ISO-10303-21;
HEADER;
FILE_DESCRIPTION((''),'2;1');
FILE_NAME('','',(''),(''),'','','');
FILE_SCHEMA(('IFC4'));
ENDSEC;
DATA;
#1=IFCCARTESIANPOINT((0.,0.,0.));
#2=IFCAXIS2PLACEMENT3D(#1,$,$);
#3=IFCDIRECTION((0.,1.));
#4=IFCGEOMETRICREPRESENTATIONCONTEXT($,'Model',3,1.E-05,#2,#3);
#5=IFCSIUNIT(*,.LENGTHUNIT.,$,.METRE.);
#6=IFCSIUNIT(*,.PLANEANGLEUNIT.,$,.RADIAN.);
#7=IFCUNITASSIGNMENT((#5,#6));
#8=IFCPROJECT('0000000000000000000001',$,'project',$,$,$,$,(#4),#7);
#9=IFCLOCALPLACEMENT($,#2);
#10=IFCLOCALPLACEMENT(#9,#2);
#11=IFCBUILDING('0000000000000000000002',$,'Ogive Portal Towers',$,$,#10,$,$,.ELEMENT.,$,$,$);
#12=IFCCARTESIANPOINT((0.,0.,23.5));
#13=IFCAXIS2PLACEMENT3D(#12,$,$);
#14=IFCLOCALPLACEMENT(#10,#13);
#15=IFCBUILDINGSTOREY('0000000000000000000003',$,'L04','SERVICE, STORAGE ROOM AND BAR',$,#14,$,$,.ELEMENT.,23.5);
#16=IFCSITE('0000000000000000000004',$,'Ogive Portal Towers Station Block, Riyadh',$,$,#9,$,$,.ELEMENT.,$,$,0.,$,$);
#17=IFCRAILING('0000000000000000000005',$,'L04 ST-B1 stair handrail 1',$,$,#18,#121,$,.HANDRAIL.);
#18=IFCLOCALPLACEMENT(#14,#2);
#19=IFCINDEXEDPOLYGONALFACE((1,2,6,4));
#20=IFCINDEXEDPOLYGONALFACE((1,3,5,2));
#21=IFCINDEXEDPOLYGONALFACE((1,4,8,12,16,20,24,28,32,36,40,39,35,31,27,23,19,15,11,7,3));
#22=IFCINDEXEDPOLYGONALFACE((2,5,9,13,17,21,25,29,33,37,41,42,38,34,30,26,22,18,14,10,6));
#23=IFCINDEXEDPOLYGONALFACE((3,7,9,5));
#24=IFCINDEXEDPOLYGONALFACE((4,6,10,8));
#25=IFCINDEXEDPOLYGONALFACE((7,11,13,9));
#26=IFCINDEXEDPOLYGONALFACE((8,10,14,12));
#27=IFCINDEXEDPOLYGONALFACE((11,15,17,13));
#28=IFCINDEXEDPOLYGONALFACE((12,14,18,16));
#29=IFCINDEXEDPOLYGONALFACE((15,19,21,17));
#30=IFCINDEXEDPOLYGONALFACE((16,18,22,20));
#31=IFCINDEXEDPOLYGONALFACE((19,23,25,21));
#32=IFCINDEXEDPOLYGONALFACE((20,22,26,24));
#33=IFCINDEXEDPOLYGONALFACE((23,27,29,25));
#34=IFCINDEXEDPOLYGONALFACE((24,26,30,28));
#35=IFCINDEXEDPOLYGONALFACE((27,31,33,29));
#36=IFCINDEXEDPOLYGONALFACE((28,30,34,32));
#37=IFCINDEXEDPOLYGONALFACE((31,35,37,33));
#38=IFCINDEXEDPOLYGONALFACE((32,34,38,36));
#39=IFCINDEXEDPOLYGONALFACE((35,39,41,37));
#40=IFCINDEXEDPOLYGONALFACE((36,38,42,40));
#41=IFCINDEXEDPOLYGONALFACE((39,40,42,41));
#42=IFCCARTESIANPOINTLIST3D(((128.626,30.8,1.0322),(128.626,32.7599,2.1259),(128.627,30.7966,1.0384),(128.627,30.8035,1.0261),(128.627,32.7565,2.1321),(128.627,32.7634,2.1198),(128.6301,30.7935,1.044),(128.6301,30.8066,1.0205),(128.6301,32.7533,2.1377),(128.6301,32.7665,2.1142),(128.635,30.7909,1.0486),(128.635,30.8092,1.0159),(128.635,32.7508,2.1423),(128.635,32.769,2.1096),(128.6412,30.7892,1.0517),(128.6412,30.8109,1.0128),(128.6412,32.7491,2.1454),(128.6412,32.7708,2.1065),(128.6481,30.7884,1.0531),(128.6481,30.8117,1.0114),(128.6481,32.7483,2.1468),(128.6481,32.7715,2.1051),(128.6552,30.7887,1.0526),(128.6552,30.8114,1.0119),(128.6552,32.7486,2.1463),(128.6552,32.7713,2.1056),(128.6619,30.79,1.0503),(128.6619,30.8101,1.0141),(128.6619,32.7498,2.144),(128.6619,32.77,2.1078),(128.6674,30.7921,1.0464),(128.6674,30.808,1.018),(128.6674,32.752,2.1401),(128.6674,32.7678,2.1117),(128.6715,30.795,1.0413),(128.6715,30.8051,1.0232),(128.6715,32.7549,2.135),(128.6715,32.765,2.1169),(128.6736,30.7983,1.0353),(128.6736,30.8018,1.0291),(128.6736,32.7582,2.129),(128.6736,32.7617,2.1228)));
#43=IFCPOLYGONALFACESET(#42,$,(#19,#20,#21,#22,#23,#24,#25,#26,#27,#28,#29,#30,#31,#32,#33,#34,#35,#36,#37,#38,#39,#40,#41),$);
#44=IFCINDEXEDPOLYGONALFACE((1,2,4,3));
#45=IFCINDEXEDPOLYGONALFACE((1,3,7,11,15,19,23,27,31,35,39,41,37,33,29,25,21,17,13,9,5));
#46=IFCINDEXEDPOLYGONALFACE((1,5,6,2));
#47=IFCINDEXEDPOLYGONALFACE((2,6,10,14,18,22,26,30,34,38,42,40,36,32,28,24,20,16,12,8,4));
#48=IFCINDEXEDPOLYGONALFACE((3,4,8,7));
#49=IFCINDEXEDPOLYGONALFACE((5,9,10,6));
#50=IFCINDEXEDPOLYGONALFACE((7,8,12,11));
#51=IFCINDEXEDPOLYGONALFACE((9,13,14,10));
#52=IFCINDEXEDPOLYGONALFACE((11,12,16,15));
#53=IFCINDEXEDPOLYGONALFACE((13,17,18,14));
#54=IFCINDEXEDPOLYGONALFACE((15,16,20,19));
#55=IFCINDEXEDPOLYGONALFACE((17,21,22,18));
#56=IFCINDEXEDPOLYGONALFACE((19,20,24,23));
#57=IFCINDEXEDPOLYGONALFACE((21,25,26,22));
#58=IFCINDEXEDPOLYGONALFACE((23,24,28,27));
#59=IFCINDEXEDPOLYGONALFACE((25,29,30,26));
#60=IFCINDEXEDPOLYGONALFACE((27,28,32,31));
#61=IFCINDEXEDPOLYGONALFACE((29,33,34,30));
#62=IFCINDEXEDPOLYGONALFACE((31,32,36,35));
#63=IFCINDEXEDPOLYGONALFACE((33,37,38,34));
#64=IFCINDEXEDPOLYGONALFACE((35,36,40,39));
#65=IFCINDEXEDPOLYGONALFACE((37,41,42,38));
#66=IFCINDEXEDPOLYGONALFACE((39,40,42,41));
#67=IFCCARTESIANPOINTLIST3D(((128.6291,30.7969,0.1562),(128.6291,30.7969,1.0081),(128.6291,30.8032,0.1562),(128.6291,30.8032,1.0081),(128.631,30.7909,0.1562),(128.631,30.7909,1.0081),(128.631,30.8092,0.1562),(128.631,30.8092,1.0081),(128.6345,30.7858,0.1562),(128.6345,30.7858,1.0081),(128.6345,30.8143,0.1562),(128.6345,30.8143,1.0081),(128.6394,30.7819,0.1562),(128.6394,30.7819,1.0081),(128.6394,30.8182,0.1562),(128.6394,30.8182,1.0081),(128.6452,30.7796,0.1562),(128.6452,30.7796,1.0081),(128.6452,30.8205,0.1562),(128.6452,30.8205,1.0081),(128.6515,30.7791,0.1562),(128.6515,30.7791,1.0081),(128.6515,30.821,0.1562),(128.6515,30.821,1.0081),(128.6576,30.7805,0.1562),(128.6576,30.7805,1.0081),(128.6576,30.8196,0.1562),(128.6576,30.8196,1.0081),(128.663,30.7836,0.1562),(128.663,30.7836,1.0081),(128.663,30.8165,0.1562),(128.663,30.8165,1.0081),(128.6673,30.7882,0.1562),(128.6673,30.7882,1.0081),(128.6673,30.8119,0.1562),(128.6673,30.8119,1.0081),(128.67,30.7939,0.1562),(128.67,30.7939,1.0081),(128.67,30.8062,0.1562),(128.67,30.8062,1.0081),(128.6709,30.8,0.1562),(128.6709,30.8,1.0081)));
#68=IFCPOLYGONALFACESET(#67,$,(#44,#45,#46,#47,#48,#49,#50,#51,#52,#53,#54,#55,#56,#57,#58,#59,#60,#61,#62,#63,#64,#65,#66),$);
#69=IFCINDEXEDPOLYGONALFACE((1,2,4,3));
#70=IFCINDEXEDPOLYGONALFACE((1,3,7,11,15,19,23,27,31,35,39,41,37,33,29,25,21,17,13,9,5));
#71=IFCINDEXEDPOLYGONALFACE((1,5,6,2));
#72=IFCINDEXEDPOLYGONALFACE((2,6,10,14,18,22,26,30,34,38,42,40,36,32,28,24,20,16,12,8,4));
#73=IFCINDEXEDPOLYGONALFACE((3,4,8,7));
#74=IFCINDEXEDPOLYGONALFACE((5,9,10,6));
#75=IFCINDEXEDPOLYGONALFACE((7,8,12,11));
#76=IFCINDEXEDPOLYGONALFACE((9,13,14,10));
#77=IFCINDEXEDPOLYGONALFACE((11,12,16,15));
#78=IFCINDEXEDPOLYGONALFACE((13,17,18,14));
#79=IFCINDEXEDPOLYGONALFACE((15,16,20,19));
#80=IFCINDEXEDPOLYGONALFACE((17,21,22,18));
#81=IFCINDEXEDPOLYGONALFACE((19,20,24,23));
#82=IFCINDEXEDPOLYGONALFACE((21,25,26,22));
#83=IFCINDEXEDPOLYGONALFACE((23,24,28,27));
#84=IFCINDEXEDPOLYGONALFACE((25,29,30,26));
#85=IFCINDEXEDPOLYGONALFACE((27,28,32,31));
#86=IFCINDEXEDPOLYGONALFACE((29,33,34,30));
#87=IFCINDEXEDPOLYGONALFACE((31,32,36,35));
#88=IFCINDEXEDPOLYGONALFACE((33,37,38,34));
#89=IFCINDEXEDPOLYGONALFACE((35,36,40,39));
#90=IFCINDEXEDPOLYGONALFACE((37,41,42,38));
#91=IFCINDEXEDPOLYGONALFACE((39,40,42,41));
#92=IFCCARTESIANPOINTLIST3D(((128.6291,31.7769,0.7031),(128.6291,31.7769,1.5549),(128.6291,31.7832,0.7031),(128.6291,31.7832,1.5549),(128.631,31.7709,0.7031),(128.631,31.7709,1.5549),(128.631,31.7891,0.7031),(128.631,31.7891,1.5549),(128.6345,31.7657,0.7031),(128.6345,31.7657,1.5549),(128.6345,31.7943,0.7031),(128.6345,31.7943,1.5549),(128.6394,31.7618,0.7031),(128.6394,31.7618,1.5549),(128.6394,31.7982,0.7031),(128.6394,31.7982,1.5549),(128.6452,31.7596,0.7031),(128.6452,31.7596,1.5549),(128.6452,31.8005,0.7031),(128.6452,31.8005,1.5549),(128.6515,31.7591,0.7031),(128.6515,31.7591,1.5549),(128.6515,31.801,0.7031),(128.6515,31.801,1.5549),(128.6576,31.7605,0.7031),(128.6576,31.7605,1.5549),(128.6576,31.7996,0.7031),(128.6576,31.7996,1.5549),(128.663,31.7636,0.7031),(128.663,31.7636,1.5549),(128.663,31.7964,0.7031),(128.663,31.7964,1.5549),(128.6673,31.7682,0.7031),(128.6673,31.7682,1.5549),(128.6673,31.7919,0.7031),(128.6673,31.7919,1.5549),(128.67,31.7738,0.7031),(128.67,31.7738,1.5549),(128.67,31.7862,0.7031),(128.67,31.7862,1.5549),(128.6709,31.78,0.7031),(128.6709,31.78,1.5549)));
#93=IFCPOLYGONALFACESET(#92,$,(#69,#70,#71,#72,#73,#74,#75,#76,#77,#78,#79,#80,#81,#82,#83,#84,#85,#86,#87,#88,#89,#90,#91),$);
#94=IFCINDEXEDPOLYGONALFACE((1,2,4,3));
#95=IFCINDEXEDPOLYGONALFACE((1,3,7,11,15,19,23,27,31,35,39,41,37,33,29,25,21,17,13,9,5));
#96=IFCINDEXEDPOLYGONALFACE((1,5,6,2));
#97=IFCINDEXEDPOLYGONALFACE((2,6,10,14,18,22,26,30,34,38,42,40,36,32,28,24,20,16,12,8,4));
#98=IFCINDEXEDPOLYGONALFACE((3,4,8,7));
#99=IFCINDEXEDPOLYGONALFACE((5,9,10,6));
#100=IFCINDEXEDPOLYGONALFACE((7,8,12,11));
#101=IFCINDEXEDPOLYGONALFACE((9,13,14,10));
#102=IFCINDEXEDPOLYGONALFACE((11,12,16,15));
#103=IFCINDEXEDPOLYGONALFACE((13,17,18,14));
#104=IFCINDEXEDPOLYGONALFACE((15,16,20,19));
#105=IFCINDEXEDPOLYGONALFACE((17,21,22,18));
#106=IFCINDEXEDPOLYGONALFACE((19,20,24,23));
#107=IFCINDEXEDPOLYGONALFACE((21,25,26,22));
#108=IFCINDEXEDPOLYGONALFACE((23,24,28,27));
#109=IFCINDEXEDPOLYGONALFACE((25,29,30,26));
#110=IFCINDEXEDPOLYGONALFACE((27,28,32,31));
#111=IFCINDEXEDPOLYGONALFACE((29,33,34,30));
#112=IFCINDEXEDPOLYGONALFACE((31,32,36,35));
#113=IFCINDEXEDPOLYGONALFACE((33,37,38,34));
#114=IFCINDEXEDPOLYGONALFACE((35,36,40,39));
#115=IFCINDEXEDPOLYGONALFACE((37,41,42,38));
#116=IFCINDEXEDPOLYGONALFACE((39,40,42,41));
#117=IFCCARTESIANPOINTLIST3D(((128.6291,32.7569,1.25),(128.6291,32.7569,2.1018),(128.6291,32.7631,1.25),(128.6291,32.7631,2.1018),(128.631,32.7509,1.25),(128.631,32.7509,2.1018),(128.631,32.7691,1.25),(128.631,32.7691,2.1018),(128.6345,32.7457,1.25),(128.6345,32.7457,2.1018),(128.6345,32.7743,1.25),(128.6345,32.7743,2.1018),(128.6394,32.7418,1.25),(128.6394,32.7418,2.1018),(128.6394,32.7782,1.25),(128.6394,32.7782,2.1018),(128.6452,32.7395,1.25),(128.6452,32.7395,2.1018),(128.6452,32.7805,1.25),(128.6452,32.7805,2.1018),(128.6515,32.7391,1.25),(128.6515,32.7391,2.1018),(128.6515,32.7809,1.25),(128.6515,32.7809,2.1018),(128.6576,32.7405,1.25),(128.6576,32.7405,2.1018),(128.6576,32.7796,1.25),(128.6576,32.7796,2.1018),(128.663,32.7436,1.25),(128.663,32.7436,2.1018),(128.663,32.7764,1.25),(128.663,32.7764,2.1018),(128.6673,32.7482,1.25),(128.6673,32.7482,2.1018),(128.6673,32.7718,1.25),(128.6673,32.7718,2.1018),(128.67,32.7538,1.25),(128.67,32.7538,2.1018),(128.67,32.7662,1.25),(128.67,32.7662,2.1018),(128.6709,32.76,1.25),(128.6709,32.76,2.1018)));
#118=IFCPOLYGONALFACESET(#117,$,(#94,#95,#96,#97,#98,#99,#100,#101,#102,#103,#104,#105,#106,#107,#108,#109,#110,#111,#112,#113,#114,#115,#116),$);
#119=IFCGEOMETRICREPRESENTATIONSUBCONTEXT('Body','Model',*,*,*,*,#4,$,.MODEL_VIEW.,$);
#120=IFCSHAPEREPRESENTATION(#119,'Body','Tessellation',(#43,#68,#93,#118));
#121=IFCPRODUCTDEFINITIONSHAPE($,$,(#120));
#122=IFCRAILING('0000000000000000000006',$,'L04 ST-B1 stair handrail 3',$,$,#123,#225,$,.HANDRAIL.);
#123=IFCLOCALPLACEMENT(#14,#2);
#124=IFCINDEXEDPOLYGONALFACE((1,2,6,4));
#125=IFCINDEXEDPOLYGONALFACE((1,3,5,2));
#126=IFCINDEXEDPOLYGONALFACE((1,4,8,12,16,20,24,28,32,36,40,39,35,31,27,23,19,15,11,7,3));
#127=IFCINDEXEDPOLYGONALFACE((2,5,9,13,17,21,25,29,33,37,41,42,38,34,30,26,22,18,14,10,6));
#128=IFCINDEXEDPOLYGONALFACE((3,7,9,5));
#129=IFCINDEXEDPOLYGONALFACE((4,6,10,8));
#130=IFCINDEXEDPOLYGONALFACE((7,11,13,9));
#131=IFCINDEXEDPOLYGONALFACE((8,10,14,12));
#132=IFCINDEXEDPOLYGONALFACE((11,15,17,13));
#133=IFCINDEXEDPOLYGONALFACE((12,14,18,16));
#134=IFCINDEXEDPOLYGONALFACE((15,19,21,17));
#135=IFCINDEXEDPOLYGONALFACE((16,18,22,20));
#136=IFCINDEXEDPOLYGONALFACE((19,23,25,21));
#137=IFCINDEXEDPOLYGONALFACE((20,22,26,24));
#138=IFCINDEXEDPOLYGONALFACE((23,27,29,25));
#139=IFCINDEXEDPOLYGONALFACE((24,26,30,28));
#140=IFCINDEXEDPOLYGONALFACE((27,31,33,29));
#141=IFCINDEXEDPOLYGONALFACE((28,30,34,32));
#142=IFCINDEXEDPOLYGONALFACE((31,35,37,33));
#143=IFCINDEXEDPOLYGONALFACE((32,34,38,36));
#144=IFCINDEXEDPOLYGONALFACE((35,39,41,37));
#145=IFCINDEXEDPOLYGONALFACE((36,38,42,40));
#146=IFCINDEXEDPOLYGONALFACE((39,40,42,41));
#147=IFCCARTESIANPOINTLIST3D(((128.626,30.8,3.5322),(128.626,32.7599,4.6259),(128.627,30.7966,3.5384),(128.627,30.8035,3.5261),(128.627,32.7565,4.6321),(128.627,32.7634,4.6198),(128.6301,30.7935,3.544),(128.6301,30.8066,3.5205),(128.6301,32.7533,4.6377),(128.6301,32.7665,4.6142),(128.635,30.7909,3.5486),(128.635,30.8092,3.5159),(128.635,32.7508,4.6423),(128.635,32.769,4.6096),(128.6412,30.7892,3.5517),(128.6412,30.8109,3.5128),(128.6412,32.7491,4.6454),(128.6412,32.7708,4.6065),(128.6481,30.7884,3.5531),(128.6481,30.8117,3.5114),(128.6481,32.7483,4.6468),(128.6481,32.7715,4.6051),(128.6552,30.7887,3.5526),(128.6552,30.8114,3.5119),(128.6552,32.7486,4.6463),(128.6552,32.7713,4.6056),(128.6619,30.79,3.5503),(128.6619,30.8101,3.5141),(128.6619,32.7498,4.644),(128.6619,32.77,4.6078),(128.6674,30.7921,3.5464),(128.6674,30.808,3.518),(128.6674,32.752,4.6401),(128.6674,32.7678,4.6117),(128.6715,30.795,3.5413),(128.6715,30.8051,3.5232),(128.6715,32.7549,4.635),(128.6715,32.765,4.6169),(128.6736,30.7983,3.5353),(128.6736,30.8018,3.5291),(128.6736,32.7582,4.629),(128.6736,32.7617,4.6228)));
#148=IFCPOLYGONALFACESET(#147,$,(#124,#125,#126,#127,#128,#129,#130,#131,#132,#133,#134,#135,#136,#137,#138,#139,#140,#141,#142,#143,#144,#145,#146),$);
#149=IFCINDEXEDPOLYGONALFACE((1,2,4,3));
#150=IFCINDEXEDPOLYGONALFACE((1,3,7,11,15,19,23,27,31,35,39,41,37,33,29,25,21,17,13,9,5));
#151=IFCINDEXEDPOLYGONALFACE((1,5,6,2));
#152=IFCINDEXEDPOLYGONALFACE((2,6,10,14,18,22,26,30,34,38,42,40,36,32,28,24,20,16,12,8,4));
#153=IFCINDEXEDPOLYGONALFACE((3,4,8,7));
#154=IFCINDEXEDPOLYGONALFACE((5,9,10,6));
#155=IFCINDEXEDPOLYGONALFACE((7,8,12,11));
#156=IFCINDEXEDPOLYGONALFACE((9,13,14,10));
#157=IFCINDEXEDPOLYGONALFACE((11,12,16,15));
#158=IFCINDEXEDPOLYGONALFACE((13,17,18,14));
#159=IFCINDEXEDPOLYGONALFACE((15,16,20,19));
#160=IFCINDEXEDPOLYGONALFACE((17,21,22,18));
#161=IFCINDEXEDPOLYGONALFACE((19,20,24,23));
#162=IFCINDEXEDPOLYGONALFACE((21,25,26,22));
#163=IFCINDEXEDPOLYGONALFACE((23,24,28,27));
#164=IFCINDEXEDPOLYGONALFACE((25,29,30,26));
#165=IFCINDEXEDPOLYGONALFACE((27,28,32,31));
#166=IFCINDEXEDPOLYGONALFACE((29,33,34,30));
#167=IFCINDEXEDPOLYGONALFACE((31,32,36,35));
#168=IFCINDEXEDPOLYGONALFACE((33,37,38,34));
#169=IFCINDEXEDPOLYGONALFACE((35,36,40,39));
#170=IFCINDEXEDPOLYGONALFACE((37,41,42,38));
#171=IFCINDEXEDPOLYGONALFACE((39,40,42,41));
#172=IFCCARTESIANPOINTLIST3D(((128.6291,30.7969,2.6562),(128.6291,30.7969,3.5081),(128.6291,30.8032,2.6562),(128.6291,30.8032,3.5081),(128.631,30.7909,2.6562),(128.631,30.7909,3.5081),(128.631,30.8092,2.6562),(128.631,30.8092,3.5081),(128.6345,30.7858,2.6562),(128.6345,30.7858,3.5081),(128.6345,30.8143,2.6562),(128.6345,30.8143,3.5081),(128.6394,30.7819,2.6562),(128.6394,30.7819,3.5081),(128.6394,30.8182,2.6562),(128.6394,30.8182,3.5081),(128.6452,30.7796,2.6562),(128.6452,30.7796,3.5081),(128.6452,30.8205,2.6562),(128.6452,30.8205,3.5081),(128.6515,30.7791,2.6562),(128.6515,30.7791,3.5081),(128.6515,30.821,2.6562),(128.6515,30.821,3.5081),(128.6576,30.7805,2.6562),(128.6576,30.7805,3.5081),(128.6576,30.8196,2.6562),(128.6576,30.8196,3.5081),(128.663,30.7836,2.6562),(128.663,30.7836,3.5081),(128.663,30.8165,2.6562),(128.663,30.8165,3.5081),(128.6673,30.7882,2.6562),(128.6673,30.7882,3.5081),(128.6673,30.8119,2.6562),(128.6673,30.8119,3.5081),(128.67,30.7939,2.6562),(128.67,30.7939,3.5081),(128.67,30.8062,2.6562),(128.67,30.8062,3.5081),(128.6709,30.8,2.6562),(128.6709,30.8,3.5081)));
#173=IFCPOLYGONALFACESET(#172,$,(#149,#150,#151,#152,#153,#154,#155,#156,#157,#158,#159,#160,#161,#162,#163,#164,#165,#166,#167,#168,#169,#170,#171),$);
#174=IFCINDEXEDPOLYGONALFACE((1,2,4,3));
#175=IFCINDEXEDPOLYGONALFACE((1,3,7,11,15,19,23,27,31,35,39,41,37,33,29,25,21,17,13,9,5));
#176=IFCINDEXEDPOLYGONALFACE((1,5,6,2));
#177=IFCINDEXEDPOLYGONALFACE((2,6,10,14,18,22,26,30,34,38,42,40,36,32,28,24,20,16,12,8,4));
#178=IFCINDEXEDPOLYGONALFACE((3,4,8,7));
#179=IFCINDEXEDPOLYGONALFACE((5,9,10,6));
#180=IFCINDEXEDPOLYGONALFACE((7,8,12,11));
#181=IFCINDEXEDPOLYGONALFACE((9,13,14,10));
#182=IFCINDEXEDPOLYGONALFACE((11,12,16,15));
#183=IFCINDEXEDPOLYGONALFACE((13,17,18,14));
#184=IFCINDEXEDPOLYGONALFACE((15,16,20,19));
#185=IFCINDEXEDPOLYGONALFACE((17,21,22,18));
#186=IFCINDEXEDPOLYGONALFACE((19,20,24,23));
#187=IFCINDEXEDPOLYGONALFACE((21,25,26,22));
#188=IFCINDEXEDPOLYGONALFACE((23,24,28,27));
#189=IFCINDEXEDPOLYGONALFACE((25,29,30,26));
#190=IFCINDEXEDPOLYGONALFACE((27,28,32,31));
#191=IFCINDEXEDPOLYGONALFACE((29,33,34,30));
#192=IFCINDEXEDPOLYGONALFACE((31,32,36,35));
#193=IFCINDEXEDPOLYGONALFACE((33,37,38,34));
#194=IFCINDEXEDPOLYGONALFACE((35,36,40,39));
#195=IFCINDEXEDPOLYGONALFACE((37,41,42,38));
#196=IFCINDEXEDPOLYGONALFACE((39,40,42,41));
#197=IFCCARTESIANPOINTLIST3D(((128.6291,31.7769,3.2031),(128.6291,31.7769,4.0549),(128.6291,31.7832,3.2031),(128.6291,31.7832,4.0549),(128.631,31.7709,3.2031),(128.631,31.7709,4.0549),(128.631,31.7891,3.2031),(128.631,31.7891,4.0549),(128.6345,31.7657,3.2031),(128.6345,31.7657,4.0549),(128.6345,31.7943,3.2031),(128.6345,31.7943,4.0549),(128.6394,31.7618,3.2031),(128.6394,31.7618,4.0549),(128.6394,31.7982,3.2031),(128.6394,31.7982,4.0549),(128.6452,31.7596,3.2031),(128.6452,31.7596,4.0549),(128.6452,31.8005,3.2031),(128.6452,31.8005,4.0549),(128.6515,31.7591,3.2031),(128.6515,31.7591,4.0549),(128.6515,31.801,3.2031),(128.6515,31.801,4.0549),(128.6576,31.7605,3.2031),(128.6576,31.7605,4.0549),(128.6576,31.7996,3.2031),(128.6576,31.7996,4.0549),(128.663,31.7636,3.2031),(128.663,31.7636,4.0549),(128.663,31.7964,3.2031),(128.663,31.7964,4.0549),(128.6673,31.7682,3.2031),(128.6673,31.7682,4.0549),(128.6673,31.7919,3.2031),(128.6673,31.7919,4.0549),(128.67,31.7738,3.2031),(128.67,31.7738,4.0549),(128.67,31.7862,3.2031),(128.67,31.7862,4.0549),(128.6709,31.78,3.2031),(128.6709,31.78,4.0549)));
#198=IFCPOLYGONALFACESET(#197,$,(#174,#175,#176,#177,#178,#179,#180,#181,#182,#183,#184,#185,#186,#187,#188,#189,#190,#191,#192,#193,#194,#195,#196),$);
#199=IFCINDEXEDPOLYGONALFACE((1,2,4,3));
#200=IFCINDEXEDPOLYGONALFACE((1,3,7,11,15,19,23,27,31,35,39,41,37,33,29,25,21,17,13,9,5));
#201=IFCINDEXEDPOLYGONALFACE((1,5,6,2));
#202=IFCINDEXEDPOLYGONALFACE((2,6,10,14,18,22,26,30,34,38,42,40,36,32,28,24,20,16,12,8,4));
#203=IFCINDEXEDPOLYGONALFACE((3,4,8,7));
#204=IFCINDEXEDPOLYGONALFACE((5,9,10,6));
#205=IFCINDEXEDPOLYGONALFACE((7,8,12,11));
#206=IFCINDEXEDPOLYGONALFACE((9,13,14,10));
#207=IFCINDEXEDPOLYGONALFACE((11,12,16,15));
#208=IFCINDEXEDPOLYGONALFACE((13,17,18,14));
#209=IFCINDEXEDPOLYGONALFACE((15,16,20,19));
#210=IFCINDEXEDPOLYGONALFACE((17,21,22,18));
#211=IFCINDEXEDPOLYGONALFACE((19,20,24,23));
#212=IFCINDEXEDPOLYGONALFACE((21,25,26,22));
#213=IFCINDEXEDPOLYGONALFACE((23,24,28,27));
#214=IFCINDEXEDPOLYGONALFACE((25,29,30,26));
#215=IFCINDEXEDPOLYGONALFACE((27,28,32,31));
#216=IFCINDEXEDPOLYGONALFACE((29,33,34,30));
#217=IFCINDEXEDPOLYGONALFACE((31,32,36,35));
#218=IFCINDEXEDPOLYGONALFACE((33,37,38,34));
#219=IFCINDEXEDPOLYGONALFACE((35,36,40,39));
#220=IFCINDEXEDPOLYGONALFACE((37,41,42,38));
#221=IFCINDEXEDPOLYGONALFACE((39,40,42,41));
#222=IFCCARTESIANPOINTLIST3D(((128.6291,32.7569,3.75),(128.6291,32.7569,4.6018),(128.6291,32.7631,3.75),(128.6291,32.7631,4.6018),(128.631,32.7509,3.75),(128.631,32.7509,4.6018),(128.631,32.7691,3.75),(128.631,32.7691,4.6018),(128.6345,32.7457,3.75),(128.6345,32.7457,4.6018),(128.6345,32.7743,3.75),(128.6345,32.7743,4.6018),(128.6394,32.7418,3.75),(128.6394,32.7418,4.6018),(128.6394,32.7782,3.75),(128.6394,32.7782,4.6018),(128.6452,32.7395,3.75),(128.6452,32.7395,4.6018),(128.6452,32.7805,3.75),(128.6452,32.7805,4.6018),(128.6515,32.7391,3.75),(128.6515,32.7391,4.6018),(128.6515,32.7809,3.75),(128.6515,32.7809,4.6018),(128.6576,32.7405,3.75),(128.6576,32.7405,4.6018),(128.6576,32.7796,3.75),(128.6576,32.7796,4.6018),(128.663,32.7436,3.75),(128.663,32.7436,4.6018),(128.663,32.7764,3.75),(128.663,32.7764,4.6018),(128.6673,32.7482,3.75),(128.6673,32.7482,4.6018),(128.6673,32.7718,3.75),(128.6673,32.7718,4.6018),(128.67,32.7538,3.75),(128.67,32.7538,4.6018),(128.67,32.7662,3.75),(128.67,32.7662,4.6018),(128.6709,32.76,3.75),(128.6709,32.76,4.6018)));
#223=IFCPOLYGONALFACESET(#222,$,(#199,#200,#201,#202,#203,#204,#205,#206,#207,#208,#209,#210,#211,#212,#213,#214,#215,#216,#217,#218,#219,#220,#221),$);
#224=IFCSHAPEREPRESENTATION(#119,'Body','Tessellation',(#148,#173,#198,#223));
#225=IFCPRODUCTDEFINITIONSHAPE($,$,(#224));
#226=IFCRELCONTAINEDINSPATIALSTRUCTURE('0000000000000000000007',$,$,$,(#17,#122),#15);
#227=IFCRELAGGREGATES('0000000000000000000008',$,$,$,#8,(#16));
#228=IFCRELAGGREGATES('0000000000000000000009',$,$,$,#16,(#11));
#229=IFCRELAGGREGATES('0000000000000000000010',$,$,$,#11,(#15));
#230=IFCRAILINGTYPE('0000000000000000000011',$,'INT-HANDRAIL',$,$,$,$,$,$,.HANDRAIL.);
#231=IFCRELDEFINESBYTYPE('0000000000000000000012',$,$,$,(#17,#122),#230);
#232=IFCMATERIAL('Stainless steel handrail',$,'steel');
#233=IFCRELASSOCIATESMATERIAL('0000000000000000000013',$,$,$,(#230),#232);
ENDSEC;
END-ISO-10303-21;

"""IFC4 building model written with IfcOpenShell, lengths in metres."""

from ifc_helpers import new_model, si_unit, direction, frame, origin, origin_2d, place, context, subcontext, project, spatial, circle, extrude, material, type_object, element, save


model = new_model("IFC4")

# Units and contexts
model_context = context("Model", 3, precision=1e-05, world=origin(), true_north=direction((0.0, 1.0)))
body_context = subcontext(model_context, "Body", "Model", "MODEL_VIEW")
ifc_project = project(units=[si_unit("LENGTHUNIT", "METRE"), si_unit("PLANEANGLEUNIT", "RADIAN")], contexts=[model_context])

# Site, building, storey
site_placement = place(None, origin())
site = spatial("IfcSite", under=ifc_project, at=site_placement, Name="Ogive Portal Towers Station Block, Riyadh", CompositionType="ELEMENT", RefElevation=0.0)
building_placement = place(site_placement, origin())
building = spatial("IfcBuilding", under=site, at=building_placement, Name="Ogive Portal Towers", CompositionType="ELEMENT")
storey_placement = place(building_placement, frame((0.0, 0.0, 23.5)))
storey = spatial("IfcBuildingStorey", under=building, at=storey_placement, Name="L04", Description="SERVICE, STORAGE ROOM AND BAR", CompositionType="ELEMENT", Elevation=23.5)

# Railings
ifc_material_1 = material(Name="Stainless steel handrail", Category="steel")
railing_type_1 = type_object("IfcRailingType", Name="INT-HANDRAIL", PredefinedType="HANDRAIL", material=ifc_material_1)
for number, where, name in (
    (1, (128.6499, 30.8, 0.1562), "L04 ST-B1 stair handrail 1"),
    (2, (128.6499, 30.8, 2.6562), "L04 ST-B1 stair handrail 3"),
):
    element("IfcRailing", number, at=place(storey_placement, frame(where)), inside=storey, type_object=railing_type_1, Name=name, PredefinedType="HANDRAIL", context=body_context, shape_type="SweptSolid", body=[
        extrude(circle(Radius=0.0239, at=origin_2d()), frame((0.0, 0.0, 0.876), z_axis=(0.0, 0.873232, 0.487304), x_axis=(-1.0, 0.0, 0.0)), (0.0, 0.0, 1.0), 2.2444),
        extrude(circle(Radius=0.021, at=origin_2d()), origin(), (0.0, 0.0, 1.0), 0.8518),
        extrude(circle(Radius=0.021, at=origin_2d()), frame((0.0, 0.98, 0.5469)), (0.0, 0.0, 1.0), 0.8518),
        extrude(circle(Radius=0.021, at=origin_2d()), frame((0.0, 1.96, 1.0938)), (0.0, 0.0, 1.0), 0.8518),
    ])

save(model, "model.ifc")
